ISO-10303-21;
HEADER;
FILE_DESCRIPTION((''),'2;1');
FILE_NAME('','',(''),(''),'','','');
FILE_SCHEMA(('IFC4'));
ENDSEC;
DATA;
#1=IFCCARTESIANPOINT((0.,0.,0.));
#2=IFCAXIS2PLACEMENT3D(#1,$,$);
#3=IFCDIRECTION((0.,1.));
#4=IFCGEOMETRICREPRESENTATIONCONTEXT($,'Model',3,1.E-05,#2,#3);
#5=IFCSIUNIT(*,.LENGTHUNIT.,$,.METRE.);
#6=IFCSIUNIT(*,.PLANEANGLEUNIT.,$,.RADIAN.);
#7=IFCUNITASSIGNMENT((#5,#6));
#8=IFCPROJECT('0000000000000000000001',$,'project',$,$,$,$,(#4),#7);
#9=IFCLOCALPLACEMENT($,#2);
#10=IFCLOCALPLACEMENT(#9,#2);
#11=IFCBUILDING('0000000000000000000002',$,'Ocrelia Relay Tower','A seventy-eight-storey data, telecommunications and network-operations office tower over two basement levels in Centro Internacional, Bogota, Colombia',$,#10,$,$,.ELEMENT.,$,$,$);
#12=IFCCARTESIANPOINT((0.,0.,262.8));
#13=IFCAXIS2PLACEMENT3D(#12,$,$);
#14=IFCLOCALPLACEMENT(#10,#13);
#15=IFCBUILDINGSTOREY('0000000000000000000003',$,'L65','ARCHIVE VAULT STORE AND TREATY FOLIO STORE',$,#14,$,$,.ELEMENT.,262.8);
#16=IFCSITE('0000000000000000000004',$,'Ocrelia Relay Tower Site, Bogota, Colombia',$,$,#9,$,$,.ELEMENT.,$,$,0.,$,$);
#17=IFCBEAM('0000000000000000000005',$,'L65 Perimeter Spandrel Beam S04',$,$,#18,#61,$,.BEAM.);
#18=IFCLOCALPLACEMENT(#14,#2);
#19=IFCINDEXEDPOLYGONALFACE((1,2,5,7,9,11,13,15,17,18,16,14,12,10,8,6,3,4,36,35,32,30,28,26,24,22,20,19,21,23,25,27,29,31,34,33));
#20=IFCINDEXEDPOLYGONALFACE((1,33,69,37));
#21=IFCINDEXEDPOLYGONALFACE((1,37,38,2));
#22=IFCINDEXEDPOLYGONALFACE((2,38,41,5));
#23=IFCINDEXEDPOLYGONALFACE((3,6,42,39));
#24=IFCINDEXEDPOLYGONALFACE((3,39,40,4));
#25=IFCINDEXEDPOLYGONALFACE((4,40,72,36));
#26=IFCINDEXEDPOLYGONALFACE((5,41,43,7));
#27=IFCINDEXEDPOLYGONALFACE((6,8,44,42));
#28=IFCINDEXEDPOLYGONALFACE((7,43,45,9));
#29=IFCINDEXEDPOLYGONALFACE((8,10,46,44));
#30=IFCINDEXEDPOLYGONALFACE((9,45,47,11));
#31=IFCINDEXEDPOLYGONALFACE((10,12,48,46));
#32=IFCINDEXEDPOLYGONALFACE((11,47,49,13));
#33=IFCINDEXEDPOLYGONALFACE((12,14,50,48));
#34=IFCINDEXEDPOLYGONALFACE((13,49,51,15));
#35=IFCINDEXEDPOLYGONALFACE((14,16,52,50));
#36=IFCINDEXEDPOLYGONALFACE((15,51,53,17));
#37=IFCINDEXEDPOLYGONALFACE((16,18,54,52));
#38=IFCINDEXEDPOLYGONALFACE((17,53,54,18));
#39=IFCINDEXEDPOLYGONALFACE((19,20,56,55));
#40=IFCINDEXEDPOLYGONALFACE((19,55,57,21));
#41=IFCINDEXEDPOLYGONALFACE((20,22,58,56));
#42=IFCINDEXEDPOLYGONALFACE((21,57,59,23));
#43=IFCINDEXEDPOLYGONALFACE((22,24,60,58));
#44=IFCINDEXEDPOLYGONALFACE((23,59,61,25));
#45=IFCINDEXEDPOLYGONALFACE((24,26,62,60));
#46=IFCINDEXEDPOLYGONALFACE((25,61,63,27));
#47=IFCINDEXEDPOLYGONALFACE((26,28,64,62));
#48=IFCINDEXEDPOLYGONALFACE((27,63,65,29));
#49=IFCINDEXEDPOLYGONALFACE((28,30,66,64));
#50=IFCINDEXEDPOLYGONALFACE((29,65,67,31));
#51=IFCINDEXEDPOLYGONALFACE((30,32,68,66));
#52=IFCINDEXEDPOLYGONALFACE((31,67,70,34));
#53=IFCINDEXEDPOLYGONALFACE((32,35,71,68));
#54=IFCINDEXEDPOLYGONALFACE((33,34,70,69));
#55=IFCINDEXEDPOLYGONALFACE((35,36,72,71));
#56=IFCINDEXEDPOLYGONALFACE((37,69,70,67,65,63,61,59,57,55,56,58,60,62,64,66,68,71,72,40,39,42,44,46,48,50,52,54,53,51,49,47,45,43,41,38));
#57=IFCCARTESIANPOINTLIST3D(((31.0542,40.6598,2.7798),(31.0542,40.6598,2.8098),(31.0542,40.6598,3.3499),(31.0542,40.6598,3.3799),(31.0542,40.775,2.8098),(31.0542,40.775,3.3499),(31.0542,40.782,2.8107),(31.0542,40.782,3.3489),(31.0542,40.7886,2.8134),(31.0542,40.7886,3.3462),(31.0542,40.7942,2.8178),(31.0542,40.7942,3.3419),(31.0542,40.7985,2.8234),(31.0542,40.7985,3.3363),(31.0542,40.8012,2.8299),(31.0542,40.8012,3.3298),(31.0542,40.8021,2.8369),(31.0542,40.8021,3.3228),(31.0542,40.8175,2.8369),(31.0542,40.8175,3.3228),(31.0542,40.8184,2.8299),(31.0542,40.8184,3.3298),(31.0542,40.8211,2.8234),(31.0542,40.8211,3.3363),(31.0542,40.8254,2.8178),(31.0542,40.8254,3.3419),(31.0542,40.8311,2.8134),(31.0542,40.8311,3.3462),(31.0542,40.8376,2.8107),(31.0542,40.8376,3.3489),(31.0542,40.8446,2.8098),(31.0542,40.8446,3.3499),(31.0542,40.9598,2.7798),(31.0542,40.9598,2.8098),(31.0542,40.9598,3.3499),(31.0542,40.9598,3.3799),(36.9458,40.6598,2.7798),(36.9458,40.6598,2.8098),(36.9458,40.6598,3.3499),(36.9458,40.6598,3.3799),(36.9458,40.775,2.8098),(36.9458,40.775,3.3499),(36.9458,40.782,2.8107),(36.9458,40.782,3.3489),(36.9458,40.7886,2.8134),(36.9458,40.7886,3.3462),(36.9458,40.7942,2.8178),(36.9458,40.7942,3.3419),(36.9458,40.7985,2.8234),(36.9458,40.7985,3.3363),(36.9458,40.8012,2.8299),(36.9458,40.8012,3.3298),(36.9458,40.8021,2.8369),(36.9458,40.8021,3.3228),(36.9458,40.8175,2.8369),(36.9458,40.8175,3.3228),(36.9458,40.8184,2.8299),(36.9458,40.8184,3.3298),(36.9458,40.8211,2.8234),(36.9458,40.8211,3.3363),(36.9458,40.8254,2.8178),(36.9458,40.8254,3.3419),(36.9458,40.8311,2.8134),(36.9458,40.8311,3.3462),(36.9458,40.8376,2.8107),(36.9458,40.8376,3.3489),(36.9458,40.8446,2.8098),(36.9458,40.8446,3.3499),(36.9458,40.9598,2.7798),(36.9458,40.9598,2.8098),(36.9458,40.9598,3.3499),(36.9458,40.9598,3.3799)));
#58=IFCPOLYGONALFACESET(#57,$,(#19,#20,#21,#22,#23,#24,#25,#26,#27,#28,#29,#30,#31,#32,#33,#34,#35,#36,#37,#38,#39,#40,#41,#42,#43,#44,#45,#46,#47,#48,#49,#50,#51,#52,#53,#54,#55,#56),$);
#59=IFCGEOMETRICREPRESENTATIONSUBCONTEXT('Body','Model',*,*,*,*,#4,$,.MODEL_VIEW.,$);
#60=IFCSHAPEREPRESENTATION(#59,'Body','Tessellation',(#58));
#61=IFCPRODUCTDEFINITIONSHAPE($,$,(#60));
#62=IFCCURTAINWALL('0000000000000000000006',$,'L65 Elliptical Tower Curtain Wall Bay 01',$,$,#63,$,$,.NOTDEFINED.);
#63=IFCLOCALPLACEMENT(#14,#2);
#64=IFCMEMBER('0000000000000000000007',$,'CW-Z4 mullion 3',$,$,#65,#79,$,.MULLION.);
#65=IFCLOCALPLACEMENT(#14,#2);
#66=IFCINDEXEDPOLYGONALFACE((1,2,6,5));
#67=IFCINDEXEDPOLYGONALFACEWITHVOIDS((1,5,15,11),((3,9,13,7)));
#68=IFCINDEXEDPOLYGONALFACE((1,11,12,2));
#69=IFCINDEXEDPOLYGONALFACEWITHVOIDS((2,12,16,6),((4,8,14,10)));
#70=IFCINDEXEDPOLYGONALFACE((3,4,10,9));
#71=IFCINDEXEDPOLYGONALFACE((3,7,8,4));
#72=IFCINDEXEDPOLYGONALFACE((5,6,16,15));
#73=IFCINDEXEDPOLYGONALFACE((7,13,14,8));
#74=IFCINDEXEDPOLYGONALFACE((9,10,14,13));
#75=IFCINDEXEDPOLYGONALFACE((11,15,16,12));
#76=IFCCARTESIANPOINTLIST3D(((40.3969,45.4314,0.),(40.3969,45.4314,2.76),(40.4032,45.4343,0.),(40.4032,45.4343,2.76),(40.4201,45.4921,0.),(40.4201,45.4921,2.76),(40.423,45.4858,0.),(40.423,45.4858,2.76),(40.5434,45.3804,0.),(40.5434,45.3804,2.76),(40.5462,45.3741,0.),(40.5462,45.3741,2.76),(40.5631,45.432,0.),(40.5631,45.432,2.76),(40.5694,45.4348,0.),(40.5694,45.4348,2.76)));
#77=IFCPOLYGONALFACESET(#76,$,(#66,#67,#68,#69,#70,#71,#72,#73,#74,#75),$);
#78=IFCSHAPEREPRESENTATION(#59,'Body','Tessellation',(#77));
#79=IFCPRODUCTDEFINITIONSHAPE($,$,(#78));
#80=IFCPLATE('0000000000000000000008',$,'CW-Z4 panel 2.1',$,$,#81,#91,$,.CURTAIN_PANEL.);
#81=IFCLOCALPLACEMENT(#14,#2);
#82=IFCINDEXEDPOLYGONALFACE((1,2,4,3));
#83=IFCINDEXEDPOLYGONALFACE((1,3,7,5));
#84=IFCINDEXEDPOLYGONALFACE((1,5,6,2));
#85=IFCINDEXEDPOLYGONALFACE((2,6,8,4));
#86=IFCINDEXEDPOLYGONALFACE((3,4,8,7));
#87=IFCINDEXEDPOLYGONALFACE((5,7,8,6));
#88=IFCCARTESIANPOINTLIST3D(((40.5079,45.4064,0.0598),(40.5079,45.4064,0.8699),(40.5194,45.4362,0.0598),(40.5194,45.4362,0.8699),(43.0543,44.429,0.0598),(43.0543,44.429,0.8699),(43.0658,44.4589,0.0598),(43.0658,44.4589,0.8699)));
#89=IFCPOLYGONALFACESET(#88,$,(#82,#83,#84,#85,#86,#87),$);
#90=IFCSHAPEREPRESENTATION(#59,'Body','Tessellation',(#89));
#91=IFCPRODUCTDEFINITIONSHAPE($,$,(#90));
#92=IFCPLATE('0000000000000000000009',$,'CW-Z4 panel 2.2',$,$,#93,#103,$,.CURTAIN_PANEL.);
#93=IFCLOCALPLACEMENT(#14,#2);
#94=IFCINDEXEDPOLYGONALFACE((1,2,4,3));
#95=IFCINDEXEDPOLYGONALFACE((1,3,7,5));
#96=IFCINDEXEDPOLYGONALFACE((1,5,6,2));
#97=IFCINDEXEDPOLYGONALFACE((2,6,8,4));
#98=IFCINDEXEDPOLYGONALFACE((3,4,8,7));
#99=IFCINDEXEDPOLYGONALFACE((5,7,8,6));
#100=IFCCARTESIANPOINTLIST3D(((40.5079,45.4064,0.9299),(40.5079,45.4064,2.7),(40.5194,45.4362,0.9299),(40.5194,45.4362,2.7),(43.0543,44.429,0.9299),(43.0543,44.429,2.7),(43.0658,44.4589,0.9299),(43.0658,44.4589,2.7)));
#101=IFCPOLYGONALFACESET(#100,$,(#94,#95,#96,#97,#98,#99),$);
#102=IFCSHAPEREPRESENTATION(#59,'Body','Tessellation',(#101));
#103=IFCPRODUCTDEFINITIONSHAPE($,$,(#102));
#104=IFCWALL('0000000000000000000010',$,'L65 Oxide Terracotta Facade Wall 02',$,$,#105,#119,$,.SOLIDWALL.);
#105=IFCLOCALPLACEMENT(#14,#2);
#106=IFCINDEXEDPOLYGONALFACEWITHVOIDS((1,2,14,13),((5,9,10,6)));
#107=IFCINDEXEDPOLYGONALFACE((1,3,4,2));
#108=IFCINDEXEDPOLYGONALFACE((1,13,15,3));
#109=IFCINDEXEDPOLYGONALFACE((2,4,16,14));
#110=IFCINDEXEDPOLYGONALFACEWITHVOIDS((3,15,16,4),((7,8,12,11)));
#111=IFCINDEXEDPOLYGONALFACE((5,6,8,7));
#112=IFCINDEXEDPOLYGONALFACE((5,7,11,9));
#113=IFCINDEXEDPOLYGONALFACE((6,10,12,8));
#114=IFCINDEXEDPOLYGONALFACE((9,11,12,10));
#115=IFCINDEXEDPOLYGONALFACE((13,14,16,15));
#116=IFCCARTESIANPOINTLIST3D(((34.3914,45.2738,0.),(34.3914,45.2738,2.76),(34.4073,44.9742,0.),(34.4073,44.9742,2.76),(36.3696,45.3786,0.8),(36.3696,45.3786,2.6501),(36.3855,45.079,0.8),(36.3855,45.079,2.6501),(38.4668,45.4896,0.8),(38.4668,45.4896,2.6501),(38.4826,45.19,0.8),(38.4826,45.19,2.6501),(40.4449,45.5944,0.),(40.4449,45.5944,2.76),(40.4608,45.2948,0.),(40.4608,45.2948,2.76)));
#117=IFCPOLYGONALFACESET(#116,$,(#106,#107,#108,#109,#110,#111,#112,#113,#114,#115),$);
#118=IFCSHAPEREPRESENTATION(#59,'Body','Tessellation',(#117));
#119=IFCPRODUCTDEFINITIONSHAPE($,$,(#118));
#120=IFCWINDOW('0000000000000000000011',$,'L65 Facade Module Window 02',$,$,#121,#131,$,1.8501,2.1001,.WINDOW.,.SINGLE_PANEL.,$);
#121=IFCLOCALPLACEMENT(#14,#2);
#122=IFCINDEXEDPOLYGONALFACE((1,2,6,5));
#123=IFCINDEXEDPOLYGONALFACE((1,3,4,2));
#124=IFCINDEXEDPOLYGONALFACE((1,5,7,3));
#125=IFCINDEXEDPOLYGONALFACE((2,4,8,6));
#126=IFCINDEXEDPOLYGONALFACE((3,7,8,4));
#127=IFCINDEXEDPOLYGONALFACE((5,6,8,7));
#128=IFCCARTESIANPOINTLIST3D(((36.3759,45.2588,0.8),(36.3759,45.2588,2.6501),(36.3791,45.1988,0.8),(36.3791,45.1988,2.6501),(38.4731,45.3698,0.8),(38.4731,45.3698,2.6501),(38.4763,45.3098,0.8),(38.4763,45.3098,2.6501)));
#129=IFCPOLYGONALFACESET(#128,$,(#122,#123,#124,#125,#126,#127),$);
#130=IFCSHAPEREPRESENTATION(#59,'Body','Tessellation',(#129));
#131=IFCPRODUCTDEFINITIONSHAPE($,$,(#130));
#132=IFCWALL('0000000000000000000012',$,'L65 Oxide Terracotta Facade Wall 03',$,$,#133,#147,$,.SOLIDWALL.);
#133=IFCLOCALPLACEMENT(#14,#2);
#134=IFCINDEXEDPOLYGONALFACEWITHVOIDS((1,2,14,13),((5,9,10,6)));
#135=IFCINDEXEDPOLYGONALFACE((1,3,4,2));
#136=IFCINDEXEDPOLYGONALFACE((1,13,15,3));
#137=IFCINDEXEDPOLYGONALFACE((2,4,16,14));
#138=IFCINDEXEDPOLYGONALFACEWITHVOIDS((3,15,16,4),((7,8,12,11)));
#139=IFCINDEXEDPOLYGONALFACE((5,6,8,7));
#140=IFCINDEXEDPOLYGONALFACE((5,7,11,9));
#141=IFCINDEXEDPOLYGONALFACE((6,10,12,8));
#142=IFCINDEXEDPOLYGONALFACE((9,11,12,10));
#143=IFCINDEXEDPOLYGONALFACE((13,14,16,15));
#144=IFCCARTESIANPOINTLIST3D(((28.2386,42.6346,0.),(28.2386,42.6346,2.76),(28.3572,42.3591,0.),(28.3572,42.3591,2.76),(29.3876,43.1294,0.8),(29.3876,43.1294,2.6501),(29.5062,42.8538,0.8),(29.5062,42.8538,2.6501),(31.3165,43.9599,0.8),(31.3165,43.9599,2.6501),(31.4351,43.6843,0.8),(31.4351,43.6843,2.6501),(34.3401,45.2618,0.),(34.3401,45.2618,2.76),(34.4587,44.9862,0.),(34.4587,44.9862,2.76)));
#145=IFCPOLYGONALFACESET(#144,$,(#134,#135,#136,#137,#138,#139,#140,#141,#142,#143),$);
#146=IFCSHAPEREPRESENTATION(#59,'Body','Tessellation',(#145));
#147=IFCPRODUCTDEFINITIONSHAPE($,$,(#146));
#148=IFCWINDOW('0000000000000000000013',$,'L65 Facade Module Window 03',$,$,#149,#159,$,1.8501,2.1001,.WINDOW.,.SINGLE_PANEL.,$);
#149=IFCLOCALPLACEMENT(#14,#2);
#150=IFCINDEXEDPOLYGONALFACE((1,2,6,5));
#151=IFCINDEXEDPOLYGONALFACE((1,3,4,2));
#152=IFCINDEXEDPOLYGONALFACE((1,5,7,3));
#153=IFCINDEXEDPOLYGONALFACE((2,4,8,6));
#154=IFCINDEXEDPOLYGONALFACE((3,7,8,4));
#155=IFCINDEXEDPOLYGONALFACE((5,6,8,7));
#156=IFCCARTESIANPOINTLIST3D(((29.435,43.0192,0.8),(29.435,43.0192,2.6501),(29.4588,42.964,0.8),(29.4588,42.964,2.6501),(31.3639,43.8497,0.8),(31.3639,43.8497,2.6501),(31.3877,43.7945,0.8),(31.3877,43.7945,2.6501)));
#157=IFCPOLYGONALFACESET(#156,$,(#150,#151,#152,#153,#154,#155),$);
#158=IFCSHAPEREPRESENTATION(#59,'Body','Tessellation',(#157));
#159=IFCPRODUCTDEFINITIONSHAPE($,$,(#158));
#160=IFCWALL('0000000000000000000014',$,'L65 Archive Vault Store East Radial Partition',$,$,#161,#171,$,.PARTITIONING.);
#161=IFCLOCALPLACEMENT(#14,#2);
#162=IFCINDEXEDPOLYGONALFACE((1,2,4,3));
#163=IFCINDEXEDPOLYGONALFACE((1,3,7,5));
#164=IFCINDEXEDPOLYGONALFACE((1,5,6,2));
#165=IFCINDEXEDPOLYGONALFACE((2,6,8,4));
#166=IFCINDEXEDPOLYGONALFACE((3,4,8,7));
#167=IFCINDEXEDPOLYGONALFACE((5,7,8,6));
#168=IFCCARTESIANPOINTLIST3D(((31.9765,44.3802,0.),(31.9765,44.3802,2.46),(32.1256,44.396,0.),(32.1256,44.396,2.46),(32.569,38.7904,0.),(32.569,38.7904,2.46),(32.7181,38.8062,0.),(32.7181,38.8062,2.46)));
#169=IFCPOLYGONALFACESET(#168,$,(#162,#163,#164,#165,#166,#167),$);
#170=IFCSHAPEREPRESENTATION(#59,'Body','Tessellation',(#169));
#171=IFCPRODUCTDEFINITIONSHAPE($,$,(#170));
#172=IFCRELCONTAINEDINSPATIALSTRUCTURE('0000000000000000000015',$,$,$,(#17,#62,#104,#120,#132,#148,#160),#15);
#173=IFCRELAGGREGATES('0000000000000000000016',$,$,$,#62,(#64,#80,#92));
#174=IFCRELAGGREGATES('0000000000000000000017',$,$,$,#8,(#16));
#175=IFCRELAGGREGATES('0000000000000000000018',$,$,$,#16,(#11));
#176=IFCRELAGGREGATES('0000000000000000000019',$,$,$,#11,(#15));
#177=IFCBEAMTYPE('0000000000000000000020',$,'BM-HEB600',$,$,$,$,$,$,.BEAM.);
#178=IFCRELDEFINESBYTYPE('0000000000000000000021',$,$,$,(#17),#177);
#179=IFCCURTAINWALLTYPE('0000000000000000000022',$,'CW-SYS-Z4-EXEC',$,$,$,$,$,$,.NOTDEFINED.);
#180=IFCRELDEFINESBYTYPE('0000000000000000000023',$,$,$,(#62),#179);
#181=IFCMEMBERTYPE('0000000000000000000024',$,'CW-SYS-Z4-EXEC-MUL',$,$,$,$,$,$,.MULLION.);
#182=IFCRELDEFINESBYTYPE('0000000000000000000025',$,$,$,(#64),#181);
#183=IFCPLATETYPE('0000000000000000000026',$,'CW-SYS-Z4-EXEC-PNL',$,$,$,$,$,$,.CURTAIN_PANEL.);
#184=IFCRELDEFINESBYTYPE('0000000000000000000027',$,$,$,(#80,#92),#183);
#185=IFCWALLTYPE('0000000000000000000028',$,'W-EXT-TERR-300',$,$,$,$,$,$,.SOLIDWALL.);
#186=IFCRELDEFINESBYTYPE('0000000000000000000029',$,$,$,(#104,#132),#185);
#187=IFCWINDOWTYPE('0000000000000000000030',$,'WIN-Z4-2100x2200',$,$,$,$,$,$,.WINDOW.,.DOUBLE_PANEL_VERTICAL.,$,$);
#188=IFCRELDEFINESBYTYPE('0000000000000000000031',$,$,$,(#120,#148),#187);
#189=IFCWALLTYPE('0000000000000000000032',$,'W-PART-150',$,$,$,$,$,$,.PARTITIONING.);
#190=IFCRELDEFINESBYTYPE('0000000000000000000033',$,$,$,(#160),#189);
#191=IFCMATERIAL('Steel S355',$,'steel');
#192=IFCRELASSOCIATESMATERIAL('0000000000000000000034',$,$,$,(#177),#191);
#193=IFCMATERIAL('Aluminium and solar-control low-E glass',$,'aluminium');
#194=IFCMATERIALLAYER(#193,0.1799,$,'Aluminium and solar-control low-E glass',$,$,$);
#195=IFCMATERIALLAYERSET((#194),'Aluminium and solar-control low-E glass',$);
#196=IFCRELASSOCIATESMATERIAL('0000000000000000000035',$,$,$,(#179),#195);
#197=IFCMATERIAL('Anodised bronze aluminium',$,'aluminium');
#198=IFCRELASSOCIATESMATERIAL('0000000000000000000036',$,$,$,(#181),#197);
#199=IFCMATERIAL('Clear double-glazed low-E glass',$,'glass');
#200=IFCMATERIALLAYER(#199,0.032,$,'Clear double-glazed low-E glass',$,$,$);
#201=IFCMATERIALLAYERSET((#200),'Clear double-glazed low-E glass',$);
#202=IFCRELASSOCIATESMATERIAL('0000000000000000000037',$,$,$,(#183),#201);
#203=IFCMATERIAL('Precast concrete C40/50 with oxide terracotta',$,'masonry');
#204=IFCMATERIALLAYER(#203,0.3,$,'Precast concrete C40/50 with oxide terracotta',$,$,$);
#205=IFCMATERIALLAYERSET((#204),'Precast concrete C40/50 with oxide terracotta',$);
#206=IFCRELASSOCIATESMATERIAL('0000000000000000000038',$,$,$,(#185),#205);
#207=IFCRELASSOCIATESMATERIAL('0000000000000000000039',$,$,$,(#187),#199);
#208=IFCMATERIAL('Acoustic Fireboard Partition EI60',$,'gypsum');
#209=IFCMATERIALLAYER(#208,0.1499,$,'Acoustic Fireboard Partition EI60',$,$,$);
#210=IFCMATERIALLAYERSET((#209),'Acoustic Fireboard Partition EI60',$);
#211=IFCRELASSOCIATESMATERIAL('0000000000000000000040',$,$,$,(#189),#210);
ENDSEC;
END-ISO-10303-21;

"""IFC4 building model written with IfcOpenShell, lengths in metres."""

from ifc_helpers import new_model, si_unit, direction, frame, frame_2d, origin, origin_2d, place, context, subcontext, project, spatial, rectangle, hollow_rectangle, i_section, extrude, material, layer, layer_set, material_profile, profile_set, type_object, element, fill, aggregate, save


model = new_model("IFC4")

# Units and contexts
model_context = context("Model", 3, precision=1e-05, world=origin(), true_north=direction((0.0, 1.0)))
body_context = subcontext(model_context, "Body", "Model", "MODEL_VIEW")
ifc_project = project(units=[si_unit("LENGTHUNIT", "METRE"), si_unit("PLANEANGLEUNIT", "RADIAN")], contexts=[model_context])

# Site, building, storey
site_placement = place(None, origin())
site = spatial("IfcSite", under=ifc_project, at=site_placement, Name="Ocrelia Relay Tower Site, Bogota, Colombia", CompositionType="ELEMENT", RefElevation=0.0)
building_placement = place(site_placement, origin())
building = spatial("IfcBuilding", under=site, at=building_placement, Name="Ocrelia Relay Tower", Description="A seventy-eight-storey data, telecommunications and network-operations office tower over two basement levels in Centro Internacional, Bogota, Colombia", CompositionType="ELEMENT")
storey_placement = place(building_placement, frame((0.0, 0.0, 262.8)))
storey = spatial("IfcBuildingStorey", under=building, at=storey_placement, Name="L65", Description="ARCHIVE VAULT STORE AND TREATY FOLIO STORE", CompositionType="ELEMENT", Elevation=262.8)

# Beam
ifc_material_1 = material(Name="Steel S355", Category="steel")
ifc_material_profile_1 = material_profile(ifc_material_1, i_section(OverallWidth=0.3, OverallDepth=0.6001, WebThickness=0.0154, FlangeThickness=0.03, FilletRadius=0.0271, at=origin_2d()), Name="HEB 600")
ifc_profile_set_1 = profile_set([ifc_material_profile_1], Name="Steel S355")
beam_type_1 = type_object("IfcBeamType", Name="BM-HEB600", PredefinedType="BEAM", material=ifc_profile_set_1)
beam_1_placement = place(storey_placement, frame((36.9458, 40.8098, 3.0798), z_axis=(-1.0, 0.0, 0.0), x_axis=(0.0, -1.0, 0.0)))
element("IfcBeam", 1, at=beam_1_placement, inside=storey, type_object=beam_type_1, Name="L65 Perimeter Spandrel Beam S04", PredefinedType="BEAM", context=body_context, shape_type="SweptSolid", body=[
    extrude(i_section(OverallWidth=0.3, OverallDepth=0.6001, WebThickness=0.0154, FlangeThickness=0.03, FilletRadius=0.0271, at=origin_2d()), origin(), (0.0, 0.0, 1.0), 5.8916),
])

# Curtain wall, member, plates
ifc_material_2 = material(Name="Aluminium and solar-control low-E glass", Category="aluminium")
ifc_layer_1 = layer(ifc_material_2, 0.1799, Name="Aluminium and solar-control low-E glass")
ifc_layer_set_1 = layer_set([ifc_layer_1], Name="Aluminium and solar-control low-E glass")
curtain_wall_type = type_object("IfcCurtainWallType", Name="CW-SYS-Z4-EXEC", PredefinedType="NOTDEFINED", material=ifc_layer_set_1)
curtain_wall_placement = place(storey_placement, origin())
curtain_wall = element("IfcCurtainWall", 2, at=curtain_wall_placement, inside=storey, type_object=curtain_wall_type, Name="L65 Elliptical Tower Curtain Wall Bay 01", PredefinedType="NOTDEFINED")
ifc_material_3 = material(Name="Anodised bronze aluminium", Category="aluminium")
ifc_material_profile_2 = material_profile(ifc_material_3, hollow_rectangle(XDim=0.0649, YDim=0.1599, WallThickness=0.0049, at=origin_2d()), Name="CW-MUL-160x65")
ifc_profile_set_2 = profile_set([ifc_material_profile_2], Name="Anodised bronze aluminium")
member_type = type_object("IfcMemberType", Name="CW-SYS-Z4-EXEC-MUL", PredefinedType="MULLION", material=ifc_profile_set_2)
member_placement = place(storey_placement, frame((40.4832, 45.4331, 0.0), z_axis=(0.0, 0.0, 1.0), x_axis=(-0.358334, -0.933594, 0.0)))
member = element("IfcMember", 3, at=member_placement, type_object=member_type, Name="CW-Z4 mullion 3", PredefinedType="MULLION", context=body_context, shape_type="SweptSolid", body=[
    extrude(hollow_rectangle(XDim=0.0649, YDim=0.1599, WallThickness=0.0049, at=origin_2d()), origin(), (0.0, 0.0, 1.0), 2.76),
])
ifc_material_4 = material(Name="Clear double-glazed low-E glass", Category="glass")
ifc_layer_2 = layer(ifc_material_4, 0.032, Name="Clear double-glazed low-E glass")
ifc_layer_set_2 = layer_set([ifc_layer_2], Name="Clear double-glazed low-E glass")
plate_type = type_object("IfcPlateType", Name="CW-SYS-Z4-EXEC-PNL", PredefinedType="CURTAIN_PANEL", material=ifc_layer_set_2)
plate_1_placement = place(storey_placement, frame((41.7869, 44.9326, 0.0598), z_axis=(0.0, 0.0, 1.0), x_axis=(-0.933594, 0.358334, 0.0)))
plate_1 = element("IfcPlate", 4, at=plate_1_placement, type_object=plate_type, Name="CW-Z4 panel 2.1", PredefinedType="CURTAIN_PANEL", context=body_context, shape_type="SweptSolid", body=[
    extrude(rectangle(XDim=2.7275, YDim=0.032, at=origin_2d()), origin(), (0.0, 0.0, 1.0), 0.8101),
])
plate_2_placement = place(storey_placement, frame((41.7869, 44.9326, 0.9299), z_axis=(0.0, 0.0, 1.0), x_axis=(-0.933594, 0.358334, 0.0)))
plate_2 = element("IfcPlate", 5, at=plate_2_placement, type_object=plate_type, Name="CW-Z4 panel 2.2", PredefinedType="CURTAIN_PANEL", context=body_context, shape_type="SweptSolid", body=[
    extrude(rectangle(XDim=2.7275, YDim=0.032, at=origin_2d()), origin(), (0.0, 0.0, 1.0), 1.77),
])
aggregate(curtain_wall, [member, plate_1, plate_2])

# Walls, openings, windows
ifc_material_5 = material(Name="Precast concrete C40/50 with oxide terracotta", Category="masonry")
ifc_layer_3 = layer(ifc_material_5, 0.3, Name="Precast concrete C40/50 with oxide terracotta")
ifc_layer_set_3 = layer_set([ifc_layer_3], Name="Precast concrete C40/50 with oxide terracotta")
wall_type_1 = type_object("IfcWallType", Name="W-EXT-TERR-300", PredefinedType="SOLIDWALL", material=ifc_layer_set_3)
wall_1_placement = place(storey_placement, frame((40.4529, 45.4446, 0.0), z_axis=(0.0, 0.0, 1.0), x_axis=(-0.998601, -0.05288, 0.0)))
wall_1 = element("IfcWall", 6, at=wall_1_placement, inside=storey, type_object=wall_type_1, Name="L65 Oxide Terracotta Facade Wall 02", PredefinedType="SOLIDWALL", context=body_context, shape_type="SweptSolid", body=[
    extrude(rectangle(XDim=6.062, YDim=0.3, at=frame_2d((3.031, 0.0))), origin(), (0.0, 0.0, 1.0), 2.76),
])
opening_1_placement = place(wall_1_placement, frame((1.981, 0.0, 0.8)))
opening_1 = element("IfcOpeningElement", 7, at=opening_1_placement, cuts=wall_1, PredefinedType="OPENING", context=body_context, shape_type="SweptSolid", body=[
    extrude(rectangle(XDim=2.1001, YDim=1.8501, at=frame_2d((1.05, 0.925))), frame((0.0, 0.1602, 0.0), z_axis=(0.0, -1.0, 0.0), x_axis=(1.0, 0.0, 0.0)), (0.0, 0.0, 1.0), 0.3201),
])
window_type = type_object("IfcWindowType", Name="WIN-Z4-2100x2200", PartitioningType="DOUBLE_PANEL_VERTICAL", PredefinedType="WINDOW", material=ifc_material_4)
window_1_placement = place(opening_1_placement, origin())
window_1 = element("IfcWindow", 8, at=window_1_placement, inside=storey, type_object=window_type, Name="L65 Facade Module Window 02", OverallHeight=1.8501, OverallWidth=2.1001, PartitioningType="SINGLE_PANEL", PredefinedType="WINDOW", context=body_context, shape_type="SweptSolid", body=[
    extrude(rectangle(XDim=2.1001, YDim=1.8501, at=frame_2d((1.05, 0.925))), frame((0.0, 0.03, 0.0), z_axis=(0.0, -1.0, 0.0), x_axis=(1.0, 0.0, 0.0)), (0.0, 0.0, 1.0), 0.0601),
])
fill(opening_1, window_1)
wall_2_placement = place(storey_placement, frame((34.3994, 45.124, 0.0), z_axis=(0.0, 0.0, 1.0), x_axis=(-0.918476, -0.395476, 0.0)))
wall_2 = element("IfcWall", 9, at=wall_2_placement, inside=storey, type_object=wall_type_1, Name="L65 Oxide Terracotta Facade Wall 03", PredefinedType="SOLIDWALL", context=body_context, shape_type="SweptSolid", body=[
    extrude(rectangle(XDim=6.6431, YDim=0.3, at=frame_2d((3.3215, 0.0))), origin(), (0.0, 0.0, 1.0), 2.76),
])
opening_2_placement = place(wall_2_placement, frame((3.292, 0.0, 0.8)))
opening_2 = element("IfcOpeningElement", 10, at=opening_2_placement, cuts=wall_2, PredefinedType="OPENING", context=body_context, shape_type="SweptSolid", body=[
    extrude(rectangle(XDim=2.1001, YDim=1.8501, at=frame_2d((1.05, 0.925))), frame((0.0, 0.1602, 0.0), z_axis=(0.0, -1.0, 0.0), x_axis=(1.0, 0.0, 0.0)), (0.0, 0.0, 1.0), 0.3201),
])
window_2_placement = place(opening_2_placement, origin())
window_2 = element("IfcWindow", 11, at=window_2_placement, inside=storey, type_object=window_type, Name="L65 Facade Module Window 03", OverallHeight=1.8501, OverallWidth=2.1001, PartitioningType="SINGLE_PANEL", PredefinedType="WINDOW", context=body_context, shape_type="SweptSolid", body=[
    extrude(rectangle(XDim=2.1001, YDim=1.8501, at=frame_2d((1.05, 0.925))), frame((0.0, 0.03, 0.0), z_axis=(0.0, -1.0, 0.0), x_axis=(1.0, 0.0, 0.0)), (0.0, 0.0, 1.0), 0.0601),
])
fill(opening_2, window_2)

# Wall
ifc_material_6 = material(Name="Acoustic Fireboard Partition EI60", Category="gypsum")
ifc_layer_4 = layer(ifc_material_6, 0.1499, Name="Acoustic Fireboard Partition EI60")
ifc_layer_set_4 = layer_set([ifc_layer_4], Name="Acoustic Fireboard Partition EI60")
wall_type_2 = type_object("IfcWallType", Name="W-PART-150", PredefinedType="PARTITIONING", material=ifc_layer_set_4)
wall_3_placement = place(storey_placement, frame((32.6436, 38.7983, 0.0), z_axis=(0.0, 0.0, 1.0), x_axis=(-0.10541, 0.994429, 0.0)))
element("IfcWall", 12, at=wall_3_placement, inside=storey, type_object=wall_type_2, Name="L65 Archive Vault Store East Radial Partition", PredefinedType="PARTITIONING", context=body_context, shape_type="SweptSolid", body=[
    extrude(rectangle(XDim=5.6211, YDim=0.1499, at=frame_2d((2.8105, 0.0))), origin(), (0.0, 0.0, 1.0), 2.46),
])

save(model, "model.ifc")
